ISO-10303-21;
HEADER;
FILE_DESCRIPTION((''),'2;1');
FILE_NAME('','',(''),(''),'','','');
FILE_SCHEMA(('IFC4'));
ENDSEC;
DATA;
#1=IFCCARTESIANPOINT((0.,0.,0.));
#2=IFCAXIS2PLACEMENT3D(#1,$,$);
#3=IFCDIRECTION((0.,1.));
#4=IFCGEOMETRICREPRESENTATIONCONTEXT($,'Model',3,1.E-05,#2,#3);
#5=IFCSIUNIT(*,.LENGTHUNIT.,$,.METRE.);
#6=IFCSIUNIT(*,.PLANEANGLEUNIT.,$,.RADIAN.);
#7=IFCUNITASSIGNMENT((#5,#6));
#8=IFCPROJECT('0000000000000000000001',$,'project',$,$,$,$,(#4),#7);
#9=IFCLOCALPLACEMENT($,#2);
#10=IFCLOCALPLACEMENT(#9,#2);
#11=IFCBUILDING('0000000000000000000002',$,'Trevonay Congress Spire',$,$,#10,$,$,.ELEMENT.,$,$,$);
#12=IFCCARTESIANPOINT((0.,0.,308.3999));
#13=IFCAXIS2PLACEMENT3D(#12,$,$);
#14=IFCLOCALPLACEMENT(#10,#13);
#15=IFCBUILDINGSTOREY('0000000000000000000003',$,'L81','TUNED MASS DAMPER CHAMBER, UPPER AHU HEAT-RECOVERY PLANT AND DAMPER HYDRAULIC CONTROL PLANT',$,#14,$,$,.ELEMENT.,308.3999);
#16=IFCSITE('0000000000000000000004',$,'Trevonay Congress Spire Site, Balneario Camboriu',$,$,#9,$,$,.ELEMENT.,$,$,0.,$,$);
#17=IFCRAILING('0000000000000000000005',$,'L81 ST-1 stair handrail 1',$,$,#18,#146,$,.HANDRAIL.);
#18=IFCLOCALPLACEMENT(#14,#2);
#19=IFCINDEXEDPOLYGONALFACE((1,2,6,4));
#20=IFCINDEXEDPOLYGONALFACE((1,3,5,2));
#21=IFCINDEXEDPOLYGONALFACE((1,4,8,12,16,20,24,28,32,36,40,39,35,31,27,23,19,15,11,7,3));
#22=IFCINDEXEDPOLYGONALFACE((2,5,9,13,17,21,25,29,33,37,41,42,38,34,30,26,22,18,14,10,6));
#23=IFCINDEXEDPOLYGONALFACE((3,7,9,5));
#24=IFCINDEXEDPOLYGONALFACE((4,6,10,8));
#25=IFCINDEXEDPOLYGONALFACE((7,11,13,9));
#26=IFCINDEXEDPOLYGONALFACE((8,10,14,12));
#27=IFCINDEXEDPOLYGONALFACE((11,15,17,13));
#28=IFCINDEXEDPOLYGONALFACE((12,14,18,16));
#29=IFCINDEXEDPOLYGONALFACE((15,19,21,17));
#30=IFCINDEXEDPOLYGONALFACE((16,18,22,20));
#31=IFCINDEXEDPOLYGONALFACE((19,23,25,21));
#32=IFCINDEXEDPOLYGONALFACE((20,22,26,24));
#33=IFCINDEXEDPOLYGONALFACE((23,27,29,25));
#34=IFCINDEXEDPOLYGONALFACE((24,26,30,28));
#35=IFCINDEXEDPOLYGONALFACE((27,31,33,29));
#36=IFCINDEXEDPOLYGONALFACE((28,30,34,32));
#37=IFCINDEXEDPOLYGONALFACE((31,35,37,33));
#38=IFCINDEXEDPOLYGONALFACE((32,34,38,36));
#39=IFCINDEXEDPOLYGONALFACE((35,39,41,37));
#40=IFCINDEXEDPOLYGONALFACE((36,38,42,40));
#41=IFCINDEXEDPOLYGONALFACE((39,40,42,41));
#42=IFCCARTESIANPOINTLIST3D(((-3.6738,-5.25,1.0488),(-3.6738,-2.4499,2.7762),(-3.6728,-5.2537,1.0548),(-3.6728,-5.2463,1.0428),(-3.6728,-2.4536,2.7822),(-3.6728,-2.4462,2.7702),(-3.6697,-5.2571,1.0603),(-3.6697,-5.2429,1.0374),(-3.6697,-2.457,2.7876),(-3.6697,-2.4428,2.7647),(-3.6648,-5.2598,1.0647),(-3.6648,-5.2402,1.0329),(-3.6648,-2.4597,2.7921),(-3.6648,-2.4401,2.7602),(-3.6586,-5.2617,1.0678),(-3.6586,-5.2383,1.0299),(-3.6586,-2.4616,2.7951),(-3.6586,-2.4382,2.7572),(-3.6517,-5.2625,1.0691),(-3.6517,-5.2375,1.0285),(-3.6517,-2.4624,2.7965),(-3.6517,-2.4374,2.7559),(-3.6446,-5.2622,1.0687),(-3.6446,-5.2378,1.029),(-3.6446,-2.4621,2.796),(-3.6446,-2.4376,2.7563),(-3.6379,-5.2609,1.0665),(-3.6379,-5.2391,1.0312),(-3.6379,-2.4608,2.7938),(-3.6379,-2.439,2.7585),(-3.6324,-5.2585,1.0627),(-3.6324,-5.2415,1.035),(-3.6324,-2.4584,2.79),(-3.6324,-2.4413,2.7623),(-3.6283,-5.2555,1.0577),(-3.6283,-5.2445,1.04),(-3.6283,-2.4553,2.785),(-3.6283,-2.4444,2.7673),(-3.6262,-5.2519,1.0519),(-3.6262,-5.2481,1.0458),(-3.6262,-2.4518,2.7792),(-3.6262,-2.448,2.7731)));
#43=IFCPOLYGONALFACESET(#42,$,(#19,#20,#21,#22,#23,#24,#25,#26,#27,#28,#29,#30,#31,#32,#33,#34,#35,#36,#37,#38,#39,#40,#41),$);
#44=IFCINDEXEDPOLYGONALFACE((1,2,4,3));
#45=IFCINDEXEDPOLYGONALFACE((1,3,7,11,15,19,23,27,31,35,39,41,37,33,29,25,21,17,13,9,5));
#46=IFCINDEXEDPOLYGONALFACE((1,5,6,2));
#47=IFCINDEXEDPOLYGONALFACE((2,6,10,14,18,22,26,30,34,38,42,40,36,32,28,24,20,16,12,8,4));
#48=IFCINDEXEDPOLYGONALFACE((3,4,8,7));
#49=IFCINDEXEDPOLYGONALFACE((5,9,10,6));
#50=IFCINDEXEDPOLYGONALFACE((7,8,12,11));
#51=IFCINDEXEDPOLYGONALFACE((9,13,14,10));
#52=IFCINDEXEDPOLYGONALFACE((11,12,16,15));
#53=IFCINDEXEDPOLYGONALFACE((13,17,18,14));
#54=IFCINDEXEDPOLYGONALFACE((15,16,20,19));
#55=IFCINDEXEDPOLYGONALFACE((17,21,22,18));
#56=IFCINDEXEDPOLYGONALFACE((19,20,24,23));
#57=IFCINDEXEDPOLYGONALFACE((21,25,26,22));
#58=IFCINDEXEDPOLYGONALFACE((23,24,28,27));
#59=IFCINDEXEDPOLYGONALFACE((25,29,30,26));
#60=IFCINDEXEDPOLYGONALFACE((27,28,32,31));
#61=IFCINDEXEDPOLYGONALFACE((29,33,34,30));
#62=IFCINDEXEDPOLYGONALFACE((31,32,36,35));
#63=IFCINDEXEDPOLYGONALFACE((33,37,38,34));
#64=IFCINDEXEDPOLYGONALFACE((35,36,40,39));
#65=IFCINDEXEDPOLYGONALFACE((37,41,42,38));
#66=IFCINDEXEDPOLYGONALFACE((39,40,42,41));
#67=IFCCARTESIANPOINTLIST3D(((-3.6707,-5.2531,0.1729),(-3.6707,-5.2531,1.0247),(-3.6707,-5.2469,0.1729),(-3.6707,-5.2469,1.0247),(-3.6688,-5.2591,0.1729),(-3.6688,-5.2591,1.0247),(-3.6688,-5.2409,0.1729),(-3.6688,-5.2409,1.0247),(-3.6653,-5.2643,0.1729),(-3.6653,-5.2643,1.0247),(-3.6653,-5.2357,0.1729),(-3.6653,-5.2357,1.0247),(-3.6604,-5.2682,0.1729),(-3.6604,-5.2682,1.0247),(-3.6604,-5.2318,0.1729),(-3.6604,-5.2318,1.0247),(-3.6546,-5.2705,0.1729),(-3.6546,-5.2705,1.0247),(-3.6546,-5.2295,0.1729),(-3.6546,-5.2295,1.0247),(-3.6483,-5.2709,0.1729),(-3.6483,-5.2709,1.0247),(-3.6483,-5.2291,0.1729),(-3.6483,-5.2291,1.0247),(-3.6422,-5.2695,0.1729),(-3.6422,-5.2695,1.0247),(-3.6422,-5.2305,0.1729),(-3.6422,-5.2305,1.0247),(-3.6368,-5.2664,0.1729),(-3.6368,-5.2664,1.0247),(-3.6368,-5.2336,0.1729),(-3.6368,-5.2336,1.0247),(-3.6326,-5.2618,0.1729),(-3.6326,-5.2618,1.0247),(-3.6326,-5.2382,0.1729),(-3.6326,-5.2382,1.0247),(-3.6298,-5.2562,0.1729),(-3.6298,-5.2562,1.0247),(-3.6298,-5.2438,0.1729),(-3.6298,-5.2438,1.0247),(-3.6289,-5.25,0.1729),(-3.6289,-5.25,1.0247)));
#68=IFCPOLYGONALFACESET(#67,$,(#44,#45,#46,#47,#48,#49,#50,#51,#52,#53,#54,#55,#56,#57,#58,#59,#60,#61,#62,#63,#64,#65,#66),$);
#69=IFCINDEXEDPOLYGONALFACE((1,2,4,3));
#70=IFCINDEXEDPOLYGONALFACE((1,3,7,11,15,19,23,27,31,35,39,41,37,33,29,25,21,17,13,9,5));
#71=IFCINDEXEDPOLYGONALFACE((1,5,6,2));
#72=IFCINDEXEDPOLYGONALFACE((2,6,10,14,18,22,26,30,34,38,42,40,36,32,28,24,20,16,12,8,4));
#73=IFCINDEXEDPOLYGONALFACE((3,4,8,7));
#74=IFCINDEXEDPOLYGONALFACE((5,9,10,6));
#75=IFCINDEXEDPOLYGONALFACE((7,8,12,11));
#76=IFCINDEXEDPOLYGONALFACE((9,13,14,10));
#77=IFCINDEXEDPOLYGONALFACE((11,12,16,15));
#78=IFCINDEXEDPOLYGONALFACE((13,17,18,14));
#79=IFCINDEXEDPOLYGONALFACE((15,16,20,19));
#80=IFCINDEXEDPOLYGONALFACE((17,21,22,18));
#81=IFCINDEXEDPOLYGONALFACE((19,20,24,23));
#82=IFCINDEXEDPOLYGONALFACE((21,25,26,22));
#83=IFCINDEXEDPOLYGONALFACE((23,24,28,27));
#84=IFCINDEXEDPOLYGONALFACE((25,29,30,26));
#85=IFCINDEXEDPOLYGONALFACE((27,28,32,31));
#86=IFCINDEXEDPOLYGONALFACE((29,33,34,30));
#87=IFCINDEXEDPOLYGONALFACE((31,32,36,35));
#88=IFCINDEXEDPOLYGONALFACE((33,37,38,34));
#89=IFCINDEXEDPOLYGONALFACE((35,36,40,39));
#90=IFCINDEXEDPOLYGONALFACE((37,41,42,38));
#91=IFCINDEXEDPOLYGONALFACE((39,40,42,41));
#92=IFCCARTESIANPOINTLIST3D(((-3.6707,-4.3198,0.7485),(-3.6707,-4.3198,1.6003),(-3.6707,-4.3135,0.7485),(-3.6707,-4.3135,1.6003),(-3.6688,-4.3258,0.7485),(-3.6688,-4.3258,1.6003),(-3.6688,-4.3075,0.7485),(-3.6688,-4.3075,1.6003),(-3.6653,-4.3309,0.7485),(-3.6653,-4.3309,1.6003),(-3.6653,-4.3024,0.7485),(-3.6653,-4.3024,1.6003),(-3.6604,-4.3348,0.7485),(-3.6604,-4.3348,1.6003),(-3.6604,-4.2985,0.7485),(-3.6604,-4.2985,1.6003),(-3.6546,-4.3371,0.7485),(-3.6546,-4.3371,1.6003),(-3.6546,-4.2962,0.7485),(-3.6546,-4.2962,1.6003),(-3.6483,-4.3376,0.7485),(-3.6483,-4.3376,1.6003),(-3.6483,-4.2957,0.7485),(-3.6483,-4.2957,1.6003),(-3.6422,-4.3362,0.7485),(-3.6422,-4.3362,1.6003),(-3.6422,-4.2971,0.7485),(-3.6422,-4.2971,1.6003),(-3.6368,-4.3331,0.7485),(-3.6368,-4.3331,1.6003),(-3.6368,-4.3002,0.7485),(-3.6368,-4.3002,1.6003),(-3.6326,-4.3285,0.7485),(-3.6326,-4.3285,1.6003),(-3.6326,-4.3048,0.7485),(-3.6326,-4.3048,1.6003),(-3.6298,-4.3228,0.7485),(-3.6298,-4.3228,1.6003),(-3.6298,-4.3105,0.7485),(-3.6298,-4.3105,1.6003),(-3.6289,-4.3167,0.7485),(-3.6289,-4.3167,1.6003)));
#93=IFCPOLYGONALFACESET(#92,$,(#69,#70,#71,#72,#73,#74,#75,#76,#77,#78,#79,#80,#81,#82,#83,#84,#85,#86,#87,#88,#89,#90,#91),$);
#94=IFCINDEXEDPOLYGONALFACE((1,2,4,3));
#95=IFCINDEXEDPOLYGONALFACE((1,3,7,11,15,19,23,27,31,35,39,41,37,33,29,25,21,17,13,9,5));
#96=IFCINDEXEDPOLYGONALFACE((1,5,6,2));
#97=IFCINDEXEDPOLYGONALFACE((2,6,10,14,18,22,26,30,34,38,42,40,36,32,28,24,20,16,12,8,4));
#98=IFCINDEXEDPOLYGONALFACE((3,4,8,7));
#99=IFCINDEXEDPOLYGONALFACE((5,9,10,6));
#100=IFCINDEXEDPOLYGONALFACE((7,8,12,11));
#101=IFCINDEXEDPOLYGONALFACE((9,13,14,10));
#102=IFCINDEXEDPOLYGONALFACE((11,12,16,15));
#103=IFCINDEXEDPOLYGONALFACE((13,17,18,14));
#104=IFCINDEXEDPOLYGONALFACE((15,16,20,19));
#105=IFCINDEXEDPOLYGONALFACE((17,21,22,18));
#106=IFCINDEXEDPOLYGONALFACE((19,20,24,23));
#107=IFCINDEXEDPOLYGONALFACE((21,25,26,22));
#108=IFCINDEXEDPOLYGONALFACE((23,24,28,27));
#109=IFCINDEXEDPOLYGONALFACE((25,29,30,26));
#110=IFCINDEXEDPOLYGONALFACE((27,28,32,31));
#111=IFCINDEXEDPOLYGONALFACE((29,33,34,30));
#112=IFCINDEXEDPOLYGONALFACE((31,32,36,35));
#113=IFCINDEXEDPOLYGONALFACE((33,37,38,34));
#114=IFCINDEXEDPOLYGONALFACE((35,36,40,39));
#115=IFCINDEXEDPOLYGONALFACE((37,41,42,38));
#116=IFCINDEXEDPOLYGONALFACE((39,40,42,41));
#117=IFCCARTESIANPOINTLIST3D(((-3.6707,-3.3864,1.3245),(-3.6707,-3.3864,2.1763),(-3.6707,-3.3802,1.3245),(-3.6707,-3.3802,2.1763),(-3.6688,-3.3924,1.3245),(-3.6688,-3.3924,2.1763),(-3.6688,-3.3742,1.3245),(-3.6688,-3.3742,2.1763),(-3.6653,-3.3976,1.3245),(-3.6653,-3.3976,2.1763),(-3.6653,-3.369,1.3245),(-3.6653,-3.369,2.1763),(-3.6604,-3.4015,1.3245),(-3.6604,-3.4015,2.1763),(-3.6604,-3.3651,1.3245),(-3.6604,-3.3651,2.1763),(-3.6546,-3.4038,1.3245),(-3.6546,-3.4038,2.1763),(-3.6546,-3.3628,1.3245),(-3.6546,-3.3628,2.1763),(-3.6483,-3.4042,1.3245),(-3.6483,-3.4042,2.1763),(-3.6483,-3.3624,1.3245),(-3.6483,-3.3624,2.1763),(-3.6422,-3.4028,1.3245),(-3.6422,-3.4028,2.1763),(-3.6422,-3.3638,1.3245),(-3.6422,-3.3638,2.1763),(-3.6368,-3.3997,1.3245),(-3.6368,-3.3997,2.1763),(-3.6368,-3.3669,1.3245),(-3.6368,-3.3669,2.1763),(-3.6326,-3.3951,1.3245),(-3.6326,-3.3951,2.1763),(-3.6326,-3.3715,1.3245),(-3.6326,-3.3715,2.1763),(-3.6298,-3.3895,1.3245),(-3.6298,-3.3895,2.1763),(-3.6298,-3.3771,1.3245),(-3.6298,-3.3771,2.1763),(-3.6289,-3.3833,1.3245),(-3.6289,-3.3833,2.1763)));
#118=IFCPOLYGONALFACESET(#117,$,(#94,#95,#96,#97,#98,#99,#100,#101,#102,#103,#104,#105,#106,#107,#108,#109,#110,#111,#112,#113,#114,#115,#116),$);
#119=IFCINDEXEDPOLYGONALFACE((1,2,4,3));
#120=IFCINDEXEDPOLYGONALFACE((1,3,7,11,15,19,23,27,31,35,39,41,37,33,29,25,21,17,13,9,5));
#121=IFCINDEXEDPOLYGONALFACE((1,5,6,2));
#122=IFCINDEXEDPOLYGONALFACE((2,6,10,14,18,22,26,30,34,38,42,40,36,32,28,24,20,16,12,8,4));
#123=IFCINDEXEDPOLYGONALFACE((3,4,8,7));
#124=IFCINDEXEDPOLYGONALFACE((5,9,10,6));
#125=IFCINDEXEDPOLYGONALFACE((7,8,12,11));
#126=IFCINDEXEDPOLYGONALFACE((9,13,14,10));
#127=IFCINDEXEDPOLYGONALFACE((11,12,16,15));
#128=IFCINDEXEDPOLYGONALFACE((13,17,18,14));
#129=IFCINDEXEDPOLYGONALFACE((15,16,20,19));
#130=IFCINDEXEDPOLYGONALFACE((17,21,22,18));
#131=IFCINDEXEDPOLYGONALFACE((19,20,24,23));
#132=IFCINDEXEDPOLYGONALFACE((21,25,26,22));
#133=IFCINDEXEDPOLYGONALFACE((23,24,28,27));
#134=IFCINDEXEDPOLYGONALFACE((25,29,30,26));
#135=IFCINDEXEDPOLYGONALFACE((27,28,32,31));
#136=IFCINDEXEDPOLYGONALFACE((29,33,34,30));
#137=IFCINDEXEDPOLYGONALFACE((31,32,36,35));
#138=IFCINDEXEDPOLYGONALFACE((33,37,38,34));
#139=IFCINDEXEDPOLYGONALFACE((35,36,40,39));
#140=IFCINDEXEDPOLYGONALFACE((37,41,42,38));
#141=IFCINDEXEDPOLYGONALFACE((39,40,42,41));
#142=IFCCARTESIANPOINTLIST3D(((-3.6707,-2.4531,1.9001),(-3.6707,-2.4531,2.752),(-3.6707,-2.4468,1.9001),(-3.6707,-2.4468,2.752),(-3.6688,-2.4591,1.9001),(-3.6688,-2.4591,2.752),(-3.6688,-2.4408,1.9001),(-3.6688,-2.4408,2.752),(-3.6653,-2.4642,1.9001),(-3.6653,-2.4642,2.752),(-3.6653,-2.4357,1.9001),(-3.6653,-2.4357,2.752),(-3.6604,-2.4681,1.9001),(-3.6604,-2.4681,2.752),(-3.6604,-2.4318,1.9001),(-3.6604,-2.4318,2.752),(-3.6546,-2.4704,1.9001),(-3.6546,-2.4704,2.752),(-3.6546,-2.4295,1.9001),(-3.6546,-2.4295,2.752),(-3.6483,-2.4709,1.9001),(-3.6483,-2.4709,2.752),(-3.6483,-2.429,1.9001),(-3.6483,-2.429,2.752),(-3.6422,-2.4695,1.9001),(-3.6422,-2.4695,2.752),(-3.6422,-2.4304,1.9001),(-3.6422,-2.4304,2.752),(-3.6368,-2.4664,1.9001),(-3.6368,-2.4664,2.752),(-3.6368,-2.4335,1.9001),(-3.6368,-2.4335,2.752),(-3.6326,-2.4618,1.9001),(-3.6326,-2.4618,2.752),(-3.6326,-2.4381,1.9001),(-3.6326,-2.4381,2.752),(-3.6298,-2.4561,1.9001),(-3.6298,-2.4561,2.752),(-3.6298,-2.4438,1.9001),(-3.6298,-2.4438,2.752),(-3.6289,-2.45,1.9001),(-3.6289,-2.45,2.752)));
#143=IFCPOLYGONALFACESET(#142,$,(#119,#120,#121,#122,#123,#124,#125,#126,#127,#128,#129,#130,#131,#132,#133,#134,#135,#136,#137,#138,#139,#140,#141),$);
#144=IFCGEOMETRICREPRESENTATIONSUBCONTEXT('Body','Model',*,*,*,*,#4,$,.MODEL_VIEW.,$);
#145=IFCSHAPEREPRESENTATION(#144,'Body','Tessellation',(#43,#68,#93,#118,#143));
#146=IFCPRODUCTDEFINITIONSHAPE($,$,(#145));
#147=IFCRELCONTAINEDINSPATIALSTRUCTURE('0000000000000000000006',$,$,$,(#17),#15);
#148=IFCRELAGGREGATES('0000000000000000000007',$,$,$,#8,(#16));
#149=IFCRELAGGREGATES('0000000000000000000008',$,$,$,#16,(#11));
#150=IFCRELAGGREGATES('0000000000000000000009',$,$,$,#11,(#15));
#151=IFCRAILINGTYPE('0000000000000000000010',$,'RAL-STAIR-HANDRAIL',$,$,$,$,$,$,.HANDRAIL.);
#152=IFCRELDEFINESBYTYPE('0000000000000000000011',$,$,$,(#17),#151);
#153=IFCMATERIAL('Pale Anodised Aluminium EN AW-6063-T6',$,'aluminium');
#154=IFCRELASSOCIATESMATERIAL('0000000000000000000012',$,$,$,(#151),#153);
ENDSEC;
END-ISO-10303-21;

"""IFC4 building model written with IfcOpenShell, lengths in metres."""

from ifc_helpers import new_model, si_unit, direction, frame, origin, origin_2d, place, context, subcontext, project, spatial, circle, extrude, material, type_object, element, save


model = new_model("IFC4")

# Units and contexts
model_context = context("Model", 3, precision=1e-05, world=origin(), true_north=direction((0.0, 1.0)))
body_context = subcontext(model_context, "Body", "Model", "MODEL_VIEW")
ifc_project = project(units=[si_unit("LENGTHUNIT", "METRE"), si_unit("PLANEANGLEUNIT", "RADIAN")], contexts=[model_context])

# Site, building, storey
site_placement = place(None, origin())
site = spatial("IfcSite", under=ifc_project, at=site_placement, Name="Trevonay Congress Spire Site, Balneario Camboriu", CompositionType="ELEMENT", RefElevation=0.0)
building_placement = place(site_placement, origin())
building = spatial("IfcBuilding", under=site, at=building_placement, Name="Trevonay Congress Spire", CompositionType="ELEMENT")
storey_placement = place(building_placement, frame((0.0, 0.0, 308.3999)))
storey = spatial("IfcBuildingStorey", under=building, at=storey_placement, Name="L81", Description="TUNED MASS DAMPER CHAMBER, UPPER AHU HEAT-RECOVERY PLANT AND DAMPER HYDRAULIC CONTROL PLANT", CompositionType="ELEMENT", Elevation=308.3999)

# Railing
ifc_material_1 = material(Name="Pale Anodised Aluminium EN AW-6063-T6", Category="aluminium")
railing_type_1 = type_object("IfcRailingType", Name="RAL-STAIR-HANDRAIL", PredefinedType="HANDRAIL", material=ifc_material_1)
railing_1_placement = place(storey_placement, frame((-3.6499, -5.25, 0.1729)))
element("IfcRailing", 1, at=railing_1_placement, inside=storey, type_object=railing_type_1, Name="L81 ST-1 stair handrail 1", PredefinedType="HANDRAIL", context=body_context, shape_type="SweptSolid", body=[
    extrude(circle(Radius=0.0239, at=origin_2d()), frame((0.0, 0.0, 0.876), z_axis=(0.0, 0.85109, 0.52502), x_axis=(-1.0, 0.0, 0.0)), (0.0, 0.0, 1.0), 3.29),
    extrude(circle(Radius=0.021, at=origin_2d()), origin(), (0.0, 0.0, 1.0), 0.8518),
    extrude(circle(Radius=0.021, at=origin_2d()), frame((0.0, 0.9333, 0.5757)), (0.0, 0.0, 1.0), 0.8518),
    extrude(circle(Radius=0.021, at=origin_2d()), frame((0.0, 1.8667, 1.1516)), (0.0, 0.0, 1.0), 0.8518),
    extrude(circle(Radius=0.021, at=origin_2d()), frame((0.0, 2.8, 1.7273)), (0.0, 0.0, 1.0), 0.8518),
])

save(model, "model.ifc")
